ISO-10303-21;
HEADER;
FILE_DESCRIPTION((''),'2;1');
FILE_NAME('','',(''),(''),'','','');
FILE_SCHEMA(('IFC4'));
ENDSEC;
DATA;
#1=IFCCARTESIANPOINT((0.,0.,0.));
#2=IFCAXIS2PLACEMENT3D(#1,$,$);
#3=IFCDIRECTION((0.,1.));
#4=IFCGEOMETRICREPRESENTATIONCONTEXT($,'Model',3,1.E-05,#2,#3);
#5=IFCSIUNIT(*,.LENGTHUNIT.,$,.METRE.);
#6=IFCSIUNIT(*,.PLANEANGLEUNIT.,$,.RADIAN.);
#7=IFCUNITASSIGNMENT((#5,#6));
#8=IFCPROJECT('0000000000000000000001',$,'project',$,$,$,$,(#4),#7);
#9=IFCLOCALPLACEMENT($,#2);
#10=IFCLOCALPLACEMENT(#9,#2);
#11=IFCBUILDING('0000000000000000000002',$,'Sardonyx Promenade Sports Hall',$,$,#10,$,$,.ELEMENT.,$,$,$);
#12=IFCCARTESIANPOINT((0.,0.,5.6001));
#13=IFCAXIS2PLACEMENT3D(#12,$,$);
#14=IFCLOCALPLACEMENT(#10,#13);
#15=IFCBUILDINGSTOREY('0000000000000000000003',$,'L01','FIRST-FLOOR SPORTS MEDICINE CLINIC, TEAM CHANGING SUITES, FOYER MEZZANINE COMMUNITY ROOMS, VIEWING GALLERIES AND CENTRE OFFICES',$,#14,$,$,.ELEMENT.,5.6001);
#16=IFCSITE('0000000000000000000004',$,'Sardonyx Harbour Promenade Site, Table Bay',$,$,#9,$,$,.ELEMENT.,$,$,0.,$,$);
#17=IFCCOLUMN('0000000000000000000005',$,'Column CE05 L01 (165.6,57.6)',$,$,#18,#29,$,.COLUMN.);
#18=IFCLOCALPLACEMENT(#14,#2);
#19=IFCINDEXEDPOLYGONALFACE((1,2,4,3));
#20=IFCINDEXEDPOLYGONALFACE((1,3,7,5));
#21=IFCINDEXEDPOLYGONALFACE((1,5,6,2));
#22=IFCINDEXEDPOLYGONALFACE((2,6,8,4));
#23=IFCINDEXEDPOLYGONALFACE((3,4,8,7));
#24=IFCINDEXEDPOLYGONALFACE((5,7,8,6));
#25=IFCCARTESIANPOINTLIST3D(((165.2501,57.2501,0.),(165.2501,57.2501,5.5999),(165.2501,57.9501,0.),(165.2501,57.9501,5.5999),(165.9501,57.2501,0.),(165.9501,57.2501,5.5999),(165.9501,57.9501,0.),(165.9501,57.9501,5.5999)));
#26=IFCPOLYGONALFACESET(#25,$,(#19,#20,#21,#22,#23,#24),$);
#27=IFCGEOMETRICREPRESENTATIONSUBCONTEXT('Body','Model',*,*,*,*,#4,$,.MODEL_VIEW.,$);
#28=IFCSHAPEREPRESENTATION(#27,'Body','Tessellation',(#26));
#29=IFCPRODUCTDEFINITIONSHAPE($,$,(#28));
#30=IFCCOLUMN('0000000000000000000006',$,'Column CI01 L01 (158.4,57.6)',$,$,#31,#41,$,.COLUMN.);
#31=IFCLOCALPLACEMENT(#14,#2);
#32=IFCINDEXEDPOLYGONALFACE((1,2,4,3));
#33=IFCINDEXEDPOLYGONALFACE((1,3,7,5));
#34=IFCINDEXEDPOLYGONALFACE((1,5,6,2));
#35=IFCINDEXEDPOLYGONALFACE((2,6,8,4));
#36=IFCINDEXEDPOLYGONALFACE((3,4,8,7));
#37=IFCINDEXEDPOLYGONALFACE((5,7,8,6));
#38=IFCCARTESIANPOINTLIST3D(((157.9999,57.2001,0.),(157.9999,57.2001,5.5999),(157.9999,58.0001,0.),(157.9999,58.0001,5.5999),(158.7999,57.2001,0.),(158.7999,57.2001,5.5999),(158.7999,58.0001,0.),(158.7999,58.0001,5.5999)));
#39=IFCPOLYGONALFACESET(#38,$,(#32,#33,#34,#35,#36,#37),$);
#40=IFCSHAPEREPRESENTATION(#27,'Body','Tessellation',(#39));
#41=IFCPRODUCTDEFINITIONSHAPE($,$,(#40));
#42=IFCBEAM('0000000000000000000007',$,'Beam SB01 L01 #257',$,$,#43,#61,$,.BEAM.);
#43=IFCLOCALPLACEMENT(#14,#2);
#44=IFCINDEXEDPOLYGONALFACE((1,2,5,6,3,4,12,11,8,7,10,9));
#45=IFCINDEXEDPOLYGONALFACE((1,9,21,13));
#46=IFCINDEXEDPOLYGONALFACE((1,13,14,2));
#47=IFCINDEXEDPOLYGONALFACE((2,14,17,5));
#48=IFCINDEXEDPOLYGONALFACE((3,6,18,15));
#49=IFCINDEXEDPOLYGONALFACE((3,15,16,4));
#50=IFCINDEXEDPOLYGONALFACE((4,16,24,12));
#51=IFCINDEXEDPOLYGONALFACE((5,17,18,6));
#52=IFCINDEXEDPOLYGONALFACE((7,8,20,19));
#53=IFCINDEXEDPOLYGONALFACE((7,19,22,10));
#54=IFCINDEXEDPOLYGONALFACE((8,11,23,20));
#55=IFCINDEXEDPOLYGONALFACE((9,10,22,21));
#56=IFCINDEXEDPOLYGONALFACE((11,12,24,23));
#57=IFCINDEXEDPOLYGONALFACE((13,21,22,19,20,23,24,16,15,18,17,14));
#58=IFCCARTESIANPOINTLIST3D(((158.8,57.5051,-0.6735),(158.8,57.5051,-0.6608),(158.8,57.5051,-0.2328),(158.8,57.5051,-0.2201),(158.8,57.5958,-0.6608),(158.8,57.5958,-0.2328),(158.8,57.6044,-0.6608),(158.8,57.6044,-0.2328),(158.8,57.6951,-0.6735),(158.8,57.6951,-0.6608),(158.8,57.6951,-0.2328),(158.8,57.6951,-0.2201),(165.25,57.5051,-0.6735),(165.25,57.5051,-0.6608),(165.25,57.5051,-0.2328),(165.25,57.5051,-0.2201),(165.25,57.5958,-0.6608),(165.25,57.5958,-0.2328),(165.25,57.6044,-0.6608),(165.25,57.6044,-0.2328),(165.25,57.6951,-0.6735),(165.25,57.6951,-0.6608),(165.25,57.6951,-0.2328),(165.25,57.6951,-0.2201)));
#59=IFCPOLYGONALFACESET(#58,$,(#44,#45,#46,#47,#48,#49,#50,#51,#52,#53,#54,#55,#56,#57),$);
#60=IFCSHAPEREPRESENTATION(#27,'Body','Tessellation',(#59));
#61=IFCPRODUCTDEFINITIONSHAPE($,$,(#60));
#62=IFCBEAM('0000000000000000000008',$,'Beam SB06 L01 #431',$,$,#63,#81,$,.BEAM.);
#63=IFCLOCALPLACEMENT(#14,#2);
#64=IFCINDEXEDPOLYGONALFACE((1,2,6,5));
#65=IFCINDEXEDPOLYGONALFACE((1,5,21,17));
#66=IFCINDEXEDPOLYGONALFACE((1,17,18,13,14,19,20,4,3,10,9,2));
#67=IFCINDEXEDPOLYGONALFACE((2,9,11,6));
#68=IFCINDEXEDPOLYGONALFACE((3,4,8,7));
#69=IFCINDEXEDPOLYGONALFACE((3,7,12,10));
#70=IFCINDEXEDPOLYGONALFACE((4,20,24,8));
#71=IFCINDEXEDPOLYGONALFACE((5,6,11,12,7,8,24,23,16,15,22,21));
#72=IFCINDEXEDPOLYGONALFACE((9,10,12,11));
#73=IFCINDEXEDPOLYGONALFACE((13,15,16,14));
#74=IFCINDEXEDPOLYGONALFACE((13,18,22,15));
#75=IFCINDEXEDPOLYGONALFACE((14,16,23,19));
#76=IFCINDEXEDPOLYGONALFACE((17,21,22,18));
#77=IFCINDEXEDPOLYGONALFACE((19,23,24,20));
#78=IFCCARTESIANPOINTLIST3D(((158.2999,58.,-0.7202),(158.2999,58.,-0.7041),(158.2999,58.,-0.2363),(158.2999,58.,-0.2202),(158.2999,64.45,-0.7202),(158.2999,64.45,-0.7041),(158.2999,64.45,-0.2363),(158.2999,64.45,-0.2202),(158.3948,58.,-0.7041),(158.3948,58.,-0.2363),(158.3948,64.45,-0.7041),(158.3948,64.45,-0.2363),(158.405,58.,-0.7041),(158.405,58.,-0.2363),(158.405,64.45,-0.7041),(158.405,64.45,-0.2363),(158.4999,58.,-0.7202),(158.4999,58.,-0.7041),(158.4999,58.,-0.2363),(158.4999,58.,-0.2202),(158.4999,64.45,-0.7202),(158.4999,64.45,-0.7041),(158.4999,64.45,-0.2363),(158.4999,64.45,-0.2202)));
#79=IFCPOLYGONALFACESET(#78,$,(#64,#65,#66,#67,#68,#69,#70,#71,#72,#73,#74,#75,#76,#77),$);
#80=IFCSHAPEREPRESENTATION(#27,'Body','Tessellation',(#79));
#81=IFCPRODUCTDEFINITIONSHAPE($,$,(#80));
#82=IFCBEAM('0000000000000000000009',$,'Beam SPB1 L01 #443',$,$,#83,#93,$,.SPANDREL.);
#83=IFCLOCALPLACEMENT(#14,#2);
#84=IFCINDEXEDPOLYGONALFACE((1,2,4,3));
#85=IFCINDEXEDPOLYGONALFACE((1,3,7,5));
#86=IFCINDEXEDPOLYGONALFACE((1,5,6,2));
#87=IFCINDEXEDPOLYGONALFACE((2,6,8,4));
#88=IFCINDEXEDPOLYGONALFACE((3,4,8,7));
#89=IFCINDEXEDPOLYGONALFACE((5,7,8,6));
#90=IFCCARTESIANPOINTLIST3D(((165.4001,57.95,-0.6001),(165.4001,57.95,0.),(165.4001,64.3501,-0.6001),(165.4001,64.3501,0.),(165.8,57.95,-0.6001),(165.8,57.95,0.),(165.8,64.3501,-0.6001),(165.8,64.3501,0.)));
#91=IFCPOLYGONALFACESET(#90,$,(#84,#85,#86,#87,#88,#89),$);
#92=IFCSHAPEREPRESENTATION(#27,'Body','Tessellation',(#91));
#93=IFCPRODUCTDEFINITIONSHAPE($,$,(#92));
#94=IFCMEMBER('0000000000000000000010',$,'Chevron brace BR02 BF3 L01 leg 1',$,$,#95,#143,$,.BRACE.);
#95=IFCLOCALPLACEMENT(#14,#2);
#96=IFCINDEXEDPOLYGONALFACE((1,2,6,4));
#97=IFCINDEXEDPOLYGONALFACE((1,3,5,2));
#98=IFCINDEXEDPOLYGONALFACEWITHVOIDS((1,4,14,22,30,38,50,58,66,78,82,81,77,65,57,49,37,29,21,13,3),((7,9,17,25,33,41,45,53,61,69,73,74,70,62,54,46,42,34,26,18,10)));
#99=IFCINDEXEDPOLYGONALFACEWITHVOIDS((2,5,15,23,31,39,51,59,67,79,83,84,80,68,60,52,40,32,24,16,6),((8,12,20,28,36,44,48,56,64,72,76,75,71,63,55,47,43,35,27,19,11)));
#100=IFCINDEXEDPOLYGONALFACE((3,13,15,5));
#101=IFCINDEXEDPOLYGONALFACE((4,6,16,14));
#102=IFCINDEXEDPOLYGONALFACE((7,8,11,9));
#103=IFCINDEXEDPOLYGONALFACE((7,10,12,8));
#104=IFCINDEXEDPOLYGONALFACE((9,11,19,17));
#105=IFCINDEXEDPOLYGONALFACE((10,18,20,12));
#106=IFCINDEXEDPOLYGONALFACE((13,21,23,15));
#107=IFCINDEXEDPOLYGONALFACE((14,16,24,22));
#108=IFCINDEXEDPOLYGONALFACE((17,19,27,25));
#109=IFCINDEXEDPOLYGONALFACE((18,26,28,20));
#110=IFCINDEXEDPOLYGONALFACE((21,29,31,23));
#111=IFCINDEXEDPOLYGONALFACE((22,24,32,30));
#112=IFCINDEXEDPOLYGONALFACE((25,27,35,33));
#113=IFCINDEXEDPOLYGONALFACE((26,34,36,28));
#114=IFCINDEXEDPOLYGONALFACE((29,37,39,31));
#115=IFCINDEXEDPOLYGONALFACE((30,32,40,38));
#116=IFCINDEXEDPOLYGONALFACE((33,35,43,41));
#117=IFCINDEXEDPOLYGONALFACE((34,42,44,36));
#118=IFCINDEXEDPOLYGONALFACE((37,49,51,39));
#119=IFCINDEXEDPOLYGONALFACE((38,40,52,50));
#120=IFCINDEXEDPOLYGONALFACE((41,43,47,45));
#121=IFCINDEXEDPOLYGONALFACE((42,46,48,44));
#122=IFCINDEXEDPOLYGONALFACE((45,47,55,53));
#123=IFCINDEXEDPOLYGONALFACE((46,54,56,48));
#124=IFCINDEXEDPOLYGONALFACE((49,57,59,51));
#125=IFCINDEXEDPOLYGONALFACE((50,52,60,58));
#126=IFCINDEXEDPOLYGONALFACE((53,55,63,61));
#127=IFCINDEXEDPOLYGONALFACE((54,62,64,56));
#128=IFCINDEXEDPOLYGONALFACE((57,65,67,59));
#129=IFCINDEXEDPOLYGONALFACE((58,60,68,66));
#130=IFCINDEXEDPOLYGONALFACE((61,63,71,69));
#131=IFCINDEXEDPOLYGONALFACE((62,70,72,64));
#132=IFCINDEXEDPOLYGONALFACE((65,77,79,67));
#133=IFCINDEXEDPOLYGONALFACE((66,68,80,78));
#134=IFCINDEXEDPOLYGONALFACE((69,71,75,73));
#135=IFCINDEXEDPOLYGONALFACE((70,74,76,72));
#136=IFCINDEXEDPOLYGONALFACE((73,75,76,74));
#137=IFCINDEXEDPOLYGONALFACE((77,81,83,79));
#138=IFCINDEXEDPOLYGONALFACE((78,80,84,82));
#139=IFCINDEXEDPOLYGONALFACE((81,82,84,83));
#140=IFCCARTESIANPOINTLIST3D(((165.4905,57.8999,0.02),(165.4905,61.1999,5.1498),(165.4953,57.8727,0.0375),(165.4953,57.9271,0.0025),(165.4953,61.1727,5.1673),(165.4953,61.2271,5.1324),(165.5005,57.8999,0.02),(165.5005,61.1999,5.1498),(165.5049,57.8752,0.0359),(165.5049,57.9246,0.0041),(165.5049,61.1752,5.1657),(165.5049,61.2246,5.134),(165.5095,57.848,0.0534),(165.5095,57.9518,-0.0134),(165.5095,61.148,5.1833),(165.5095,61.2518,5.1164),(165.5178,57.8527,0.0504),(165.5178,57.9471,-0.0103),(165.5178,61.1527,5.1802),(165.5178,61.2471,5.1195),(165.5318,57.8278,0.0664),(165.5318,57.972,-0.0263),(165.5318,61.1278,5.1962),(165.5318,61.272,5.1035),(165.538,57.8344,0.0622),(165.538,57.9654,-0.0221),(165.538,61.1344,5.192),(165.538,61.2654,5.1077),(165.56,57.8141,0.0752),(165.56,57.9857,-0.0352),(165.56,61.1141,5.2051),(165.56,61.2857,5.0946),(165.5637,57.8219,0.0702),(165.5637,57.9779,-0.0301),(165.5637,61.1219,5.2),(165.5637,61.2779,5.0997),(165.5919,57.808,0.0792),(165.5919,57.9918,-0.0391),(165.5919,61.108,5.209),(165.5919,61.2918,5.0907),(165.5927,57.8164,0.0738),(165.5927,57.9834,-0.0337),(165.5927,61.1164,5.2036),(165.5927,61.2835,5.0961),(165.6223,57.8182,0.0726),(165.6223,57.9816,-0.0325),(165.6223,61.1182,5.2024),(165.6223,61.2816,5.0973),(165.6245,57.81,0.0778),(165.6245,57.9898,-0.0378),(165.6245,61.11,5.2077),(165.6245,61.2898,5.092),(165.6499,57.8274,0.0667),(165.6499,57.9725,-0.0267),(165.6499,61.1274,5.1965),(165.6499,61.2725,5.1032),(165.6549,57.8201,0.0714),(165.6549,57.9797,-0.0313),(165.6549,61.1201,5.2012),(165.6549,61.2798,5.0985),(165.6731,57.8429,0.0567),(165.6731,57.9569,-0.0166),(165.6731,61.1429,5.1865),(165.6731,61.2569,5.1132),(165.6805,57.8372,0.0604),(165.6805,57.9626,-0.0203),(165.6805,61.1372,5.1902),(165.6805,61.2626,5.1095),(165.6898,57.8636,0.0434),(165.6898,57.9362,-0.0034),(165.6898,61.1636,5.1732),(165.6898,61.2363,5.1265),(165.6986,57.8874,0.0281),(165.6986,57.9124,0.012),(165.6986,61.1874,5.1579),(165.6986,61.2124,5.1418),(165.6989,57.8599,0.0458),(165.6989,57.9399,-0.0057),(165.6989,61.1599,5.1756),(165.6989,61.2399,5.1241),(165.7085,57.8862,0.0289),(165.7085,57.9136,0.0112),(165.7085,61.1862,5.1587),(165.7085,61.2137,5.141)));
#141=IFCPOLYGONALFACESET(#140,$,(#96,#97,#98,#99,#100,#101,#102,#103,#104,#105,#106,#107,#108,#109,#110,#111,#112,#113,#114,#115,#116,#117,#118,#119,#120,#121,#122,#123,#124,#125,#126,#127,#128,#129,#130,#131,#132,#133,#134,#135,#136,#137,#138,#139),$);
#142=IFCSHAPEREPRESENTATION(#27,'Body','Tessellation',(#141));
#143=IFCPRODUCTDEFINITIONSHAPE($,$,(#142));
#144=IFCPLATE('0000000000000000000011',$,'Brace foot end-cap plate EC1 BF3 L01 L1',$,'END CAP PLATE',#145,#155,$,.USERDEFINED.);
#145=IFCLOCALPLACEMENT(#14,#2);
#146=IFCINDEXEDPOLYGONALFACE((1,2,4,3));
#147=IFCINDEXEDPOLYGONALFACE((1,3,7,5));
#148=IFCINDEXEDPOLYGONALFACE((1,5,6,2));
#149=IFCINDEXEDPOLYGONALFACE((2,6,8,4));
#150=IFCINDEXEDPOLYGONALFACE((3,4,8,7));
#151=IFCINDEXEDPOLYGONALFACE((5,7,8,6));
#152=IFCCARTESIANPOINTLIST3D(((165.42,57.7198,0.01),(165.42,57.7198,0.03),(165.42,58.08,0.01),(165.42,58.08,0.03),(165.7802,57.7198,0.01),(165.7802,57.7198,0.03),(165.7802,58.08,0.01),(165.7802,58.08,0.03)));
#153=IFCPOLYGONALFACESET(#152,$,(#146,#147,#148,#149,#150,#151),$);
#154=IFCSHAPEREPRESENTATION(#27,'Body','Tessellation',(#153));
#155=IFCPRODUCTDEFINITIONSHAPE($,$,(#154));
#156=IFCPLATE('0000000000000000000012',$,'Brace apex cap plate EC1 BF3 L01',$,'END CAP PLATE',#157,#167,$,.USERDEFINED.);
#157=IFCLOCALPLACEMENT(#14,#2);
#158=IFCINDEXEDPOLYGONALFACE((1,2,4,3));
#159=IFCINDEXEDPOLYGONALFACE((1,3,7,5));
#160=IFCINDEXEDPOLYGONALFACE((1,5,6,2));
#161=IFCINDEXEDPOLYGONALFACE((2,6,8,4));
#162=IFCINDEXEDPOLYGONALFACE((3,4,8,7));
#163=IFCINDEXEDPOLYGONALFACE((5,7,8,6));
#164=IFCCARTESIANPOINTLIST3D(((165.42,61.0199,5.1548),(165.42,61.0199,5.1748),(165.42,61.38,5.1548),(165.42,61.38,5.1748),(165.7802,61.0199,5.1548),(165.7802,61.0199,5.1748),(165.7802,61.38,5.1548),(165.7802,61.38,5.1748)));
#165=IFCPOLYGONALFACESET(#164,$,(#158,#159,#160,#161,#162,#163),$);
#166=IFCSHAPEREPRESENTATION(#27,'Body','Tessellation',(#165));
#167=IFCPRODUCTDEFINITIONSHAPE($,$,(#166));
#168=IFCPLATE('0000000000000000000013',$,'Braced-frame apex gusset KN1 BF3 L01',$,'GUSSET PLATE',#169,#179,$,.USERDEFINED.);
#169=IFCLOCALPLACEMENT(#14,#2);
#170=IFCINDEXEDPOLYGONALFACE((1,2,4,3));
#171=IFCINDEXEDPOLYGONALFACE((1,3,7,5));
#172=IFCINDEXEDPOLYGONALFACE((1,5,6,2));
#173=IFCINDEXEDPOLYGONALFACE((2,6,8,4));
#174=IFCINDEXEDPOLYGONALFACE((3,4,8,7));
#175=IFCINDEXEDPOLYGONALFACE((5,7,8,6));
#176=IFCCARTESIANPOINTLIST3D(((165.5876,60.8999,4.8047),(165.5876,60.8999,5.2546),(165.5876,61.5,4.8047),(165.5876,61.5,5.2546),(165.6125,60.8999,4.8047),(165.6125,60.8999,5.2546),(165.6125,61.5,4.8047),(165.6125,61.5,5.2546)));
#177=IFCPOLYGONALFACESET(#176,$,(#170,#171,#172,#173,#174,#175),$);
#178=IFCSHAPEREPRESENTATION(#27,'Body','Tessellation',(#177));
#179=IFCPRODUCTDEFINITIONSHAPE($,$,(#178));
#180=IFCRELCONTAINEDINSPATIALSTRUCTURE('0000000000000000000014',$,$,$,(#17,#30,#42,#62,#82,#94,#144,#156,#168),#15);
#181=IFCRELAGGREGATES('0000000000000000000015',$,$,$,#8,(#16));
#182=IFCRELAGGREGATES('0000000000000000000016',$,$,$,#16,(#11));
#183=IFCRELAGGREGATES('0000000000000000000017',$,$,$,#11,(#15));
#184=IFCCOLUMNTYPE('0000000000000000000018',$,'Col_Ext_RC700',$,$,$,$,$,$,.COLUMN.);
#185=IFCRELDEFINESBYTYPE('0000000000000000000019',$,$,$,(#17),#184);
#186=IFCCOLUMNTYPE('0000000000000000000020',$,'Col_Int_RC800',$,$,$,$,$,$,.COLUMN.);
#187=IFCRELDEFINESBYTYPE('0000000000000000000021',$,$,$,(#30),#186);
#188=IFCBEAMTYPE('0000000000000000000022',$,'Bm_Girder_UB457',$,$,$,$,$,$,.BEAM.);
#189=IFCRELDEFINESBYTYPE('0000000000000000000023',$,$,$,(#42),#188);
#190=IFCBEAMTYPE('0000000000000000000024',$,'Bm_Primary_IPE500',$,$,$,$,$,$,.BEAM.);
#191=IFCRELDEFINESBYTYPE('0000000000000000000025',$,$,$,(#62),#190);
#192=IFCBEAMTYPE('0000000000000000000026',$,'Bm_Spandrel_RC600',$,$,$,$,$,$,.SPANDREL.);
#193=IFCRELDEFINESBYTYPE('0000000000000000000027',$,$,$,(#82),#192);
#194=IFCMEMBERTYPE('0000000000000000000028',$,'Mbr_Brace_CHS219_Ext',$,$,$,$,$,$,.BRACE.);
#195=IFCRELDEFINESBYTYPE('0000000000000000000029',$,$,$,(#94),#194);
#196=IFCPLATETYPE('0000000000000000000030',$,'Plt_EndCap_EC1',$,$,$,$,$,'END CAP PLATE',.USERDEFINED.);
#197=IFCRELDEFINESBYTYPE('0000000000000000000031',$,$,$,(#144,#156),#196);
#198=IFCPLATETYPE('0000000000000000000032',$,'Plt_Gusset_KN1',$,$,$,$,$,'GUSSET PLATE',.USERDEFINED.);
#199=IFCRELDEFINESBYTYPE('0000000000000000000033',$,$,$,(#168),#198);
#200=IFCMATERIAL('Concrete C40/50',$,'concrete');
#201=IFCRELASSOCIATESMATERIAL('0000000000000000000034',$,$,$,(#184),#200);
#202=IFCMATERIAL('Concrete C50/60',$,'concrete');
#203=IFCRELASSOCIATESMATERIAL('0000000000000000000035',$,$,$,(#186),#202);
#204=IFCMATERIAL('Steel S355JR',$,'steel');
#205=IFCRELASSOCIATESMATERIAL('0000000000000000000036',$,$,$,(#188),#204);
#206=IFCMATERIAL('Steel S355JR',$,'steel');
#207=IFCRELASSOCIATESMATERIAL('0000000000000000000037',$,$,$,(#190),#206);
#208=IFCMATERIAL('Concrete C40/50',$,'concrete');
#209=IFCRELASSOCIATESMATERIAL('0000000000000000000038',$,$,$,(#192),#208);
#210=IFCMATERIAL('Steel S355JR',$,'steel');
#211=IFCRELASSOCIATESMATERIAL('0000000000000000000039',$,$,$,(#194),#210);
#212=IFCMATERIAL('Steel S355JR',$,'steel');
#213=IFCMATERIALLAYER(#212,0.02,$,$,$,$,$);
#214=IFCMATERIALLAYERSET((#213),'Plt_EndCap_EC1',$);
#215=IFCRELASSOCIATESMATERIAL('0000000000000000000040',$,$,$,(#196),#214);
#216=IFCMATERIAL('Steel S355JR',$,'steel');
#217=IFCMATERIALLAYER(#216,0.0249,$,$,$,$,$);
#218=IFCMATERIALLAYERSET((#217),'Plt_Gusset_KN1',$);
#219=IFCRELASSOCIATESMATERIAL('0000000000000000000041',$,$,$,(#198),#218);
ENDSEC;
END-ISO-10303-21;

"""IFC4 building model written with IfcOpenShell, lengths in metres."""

from ifc_helpers import new_model, si_unit, direction, frame, origin, origin_2d, place, context, subcontext, project, spatial, rectangle, hollow_circle, i_section, extrude, material, layer, layer_set, material_profile, profile_set, type_object, element, save


model = new_model("IFC4")

# Units and contexts
model_context = context("Model", 3, precision=1e-05, world=origin(), true_north=direction((0.0, 1.0)))
body_context = subcontext(model_context, "Body", "Model", "MODEL_VIEW")
ifc_project = project(units=[si_unit("LENGTHUNIT", "METRE"), si_unit("PLANEANGLEUNIT", "RADIAN")], contexts=[model_context])

# Site, building, storey
site_placement = place(None, origin())
site = spatial("IfcSite", under=ifc_project, at=site_placement, Name="Sardonyx Harbour Promenade Site, Table Bay", CompositionType="ELEMENT", RefElevation=0.0)
building_placement = place(site_placement, origin())
building = spatial("IfcBuilding", under=site, at=building_placement, Name="Sardonyx Promenade Sports Hall", CompositionType="ELEMENT")
storey_placement = place(building_placement, frame((0.0, 0.0, 5.6001)))
storey = spatial("IfcBuildingStorey", under=building, at=storey_placement, Name="L01", Description="FIRST-FLOOR SPORTS MEDICINE CLINIC, TEAM CHANGING SUITES, FOYER MEZZANINE COMMUNITY ROOMS, VIEWING GALLERIES AND CENTRE OFFICES", CompositionType="ELEMENT", Elevation=5.6001)

# Columns
ifc_material_1 = material(Name="Concrete C40/50", Category="concrete")
ifc_material_profile_1 = material_profile(ifc_material_1, rectangle(XDim=0.7, YDim=0.7, at=origin_2d()))
ifc_profile_set_1 = profile_set([ifc_material_profile_1], Name="Concrete C40/50")
column_type_1 = type_object("IfcColumnType", Name="Col_Ext_RC700", PredefinedType="COLUMN", material=ifc_profile_set_1)
column_1_placement = place(storey_placement, frame((165.6001, 57.6001, 0.0), z_axis=(0.0, 0.0, 1.0), x_axis=(1.0, 0.0, 0.0)))
element("IfcColumn", 1, at=column_1_placement, inside=storey, type_object=column_type_1, Name="Column CE05 L01 (165.6,57.6)", PredefinedType="COLUMN", context=body_context, shape_type="SweptSolid", body=[
    extrude(rectangle(XDim=0.7, YDim=0.7, at=origin_2d()), origin(), (0.0, 0.0, 1.0), 5.5999),
])
ifc_material_2 = material(Name="Concrete C50/60", Category="concrete")
ifc_material_profile_2 = material_profile(ifc_material_2, rectangle(XDim=0.8, YDim=0.8, at=origin_2d()))
ifc_profile_set_2 = profile_set([ifc_material_profile_2], Name="Concrete C50/60")
column_type_2 = type_object("IfcColumnType", Name="Col_Int_RC800", PredefinedType="COLUMN", material=ifc_profile_set_2)
column_2_placement = place(storey_placement, frame((158.3999, 57.6001, 0.0), z_axis=(0.0, 0.0, 1.0), x_axis=(1.0, 0.0, 0.0)))
element("IfcColumn", 2, at=column_2_placement, inside=storey, type_object=column_type_2, Name="Column CI01 L01 (158.4,57.6)", PredefinedType="COLUMN", context=body_context, shape_type="SweptSolid", body=[
    extrude(rectangle(XDim=0.8, YDim=0.8, at=origin_2d()), origin(), (0.0, 0.0, 1.0), 5.5999),
])

# Beams
ifc_material_3 = material(Name="Steel S355JR", Category="steel")
ifc_material_profile_3 = material_profile(ifc_material_3, i_section(OverallWidth=0.1899, OverallDepth=0.4534, WebThickness=0.0085, FlangeThickness=0.0127, at=origin_2d()))
ifc_profile_set_3 = profile_set([ifc_material_profile_3], Name="Steel S355JR")
beam_type_1 = type_object("IfcBeamType", Name="Bm_Girder_UB457", PredefinedType="BEAM", material=ifc_profile_set_3)
beam_1_placement = place(storey_placement, frame((158.8, 57.6001, -0.4468), z_axis=(1.0, 0.0, 0.0), x_axis=(0.0, 1.0, 0.0)))
element("IfcBeam", 3, at=beam_1_placement, inside=storey, type_object=beam_type_1, Name="Beam SB01 L01 #257", PredefinedType="BEAM", context=body_context, shape_type="SweptSolid", body=[
    extrude(i_section(OverallWidth=0.1899, OverallDepth=0.4534, WebThickness=0.0085, FlangeThickness=0.0127, at=origin_2d()), origin(), (0.0, 0.0, 1.0), 6.45),
])
ifc_material_4 = material(Name="Steel S355JR", Category="steel")
ifc_material_profile_4 = material_profile(ifc_material_4, i_section(OverallWidth=0.2, OverallDepth=0.5, WebThickness=0.0103, FlangeThickness=0.0161, at=origin_2d()))
ifc_profile_set_4 = profile_set([ifc_material_profile_4], Name="Steel S355JR")
beam_type_2 = type_object("IfcBeamType", Name="Bm_Primary_IPE500", PredefinedType="BEAM", material=ifc_profile_set_4)
beam_2_placement = place(storey_placement, frame((158.3999, 58.0, -0.4702), z_axis=(0.0, 1.0, 0.0), x_axis=(-1.0, 0.0, 0.0)))
element("IfcBeam", 4, at=beam_2_placement, inside=storey, type_object=beam_type_2, Name="Beam SB06 L01 #431", PredefinedType="BEAM", context=body_context, shape_type="SweptSolid", body=[
    extrude(i_section(OverallWidth=0.2, OverallDepth=0.5, WebThickness=0.0103, FlangeThickness=0.0161, at=origin_2d()), origin(), (0.0, 0.0, 1.0), 6.45),
])
ifc_material_5 = material(Name="Concrete C40/50", Category="concrete")
ifc_material_profile_5 = material_profile(ifc_material_5, rectangle(XDim=0.3999, YDim=0.6001, at=origin_2d()))
ifc_profile_set_5 = profile_set([ifc_material_profile_5], Name="Concrete C40/50")
beam_type_3 = type_object("IfcBeamType", Name="Bm_Spandrel_RC600", PredefinedType="SPANDREL", material=ifc_profile_set_5)
beam_3_placement = place(storey_placement, frame((165.6001, 57.95, -0.3), z_axis=(0.0, 1.0, 0.0), x_axis=(-1.0, 0.0, 0.0)))
element("IfcBeam", 5, at=beam_3_placement, inside=storey, type_object=beam_type_3, Name="Beam SPB1 L01 #443", PredefinedType="SPANDREL", context=body_context, shape_type="SweptSolid", body=[
    extrude(rectangle(XDim=0.3999, YDim=0.6001, at=origin_2d()), origin(), (0.0, 0.0, 1.0), 6.4001),
])

# Member
ifc_material_6 = material(Name="Steel S355JR", Category="steel")
ifc_material_profile_6 = material_profile(ifc_material_6, hollow_circle(Radius=0.1096, WallThickness=0.01, at=origin_2d()))
ifc_profile_set_6 = profile_set([ifc_material_profile_6], Name="Steel S355JR")
member_type = type_object("IfcMemberType", Name="Mbr_Brace_CHS219_Ext", PredefinedType="BRACE", material=ifc_profile_set_6)
member_placement = place(storey_placement, frame((165.6001, 57.8999, 0.02), z_axis=(0.0, 0.541021, 0.841009), x_axis=(-1.0, 0.0, 0.0)))
element("IfcMember", 6, at=member_placement, inside=storey, type_object=member_type, Name="Chevron brace BR02 BF3 L01 leg 1", PredefinedType="BRACE", context=body_context, shape_type="SweptSolid", body=[
    extrude(hollow_circle(Radius=0.1096, WallThickness=0.01, at=origin_2d()), origin(), (0.0, 0.0, 1.0), 6.0996),
])

# Plates
ifc_material_7 = material(Name="Steel S355JR", Category="steel")
ifc_layer_1 = layer(ifc_material_7, 0.02)
ifc_layer_set_1 = layer_set([ifc_layer_1], Name="Plt_EndCap_EC1")
plate_type_1 = type_object("IfcPlateType", Name="Plt_EndCap_EC1", ElementType="END CAP PLATE", PredefinedType="USERDEFINED", material=ifc_layer_set_1)
for number, where, z_axis, x_axis, name in (
    (7, (165.6001, 57.8999, 0.01), (0.0, 0.0, 1.0), (1.0, 0.0, 0.0), "Brace foot end-cap plate EC1 BF3 L01 L1"),
    (8, (165.6001, 61.2, 5.1548), (0.0, 0.0, 1.0), (1.0, 0.0, 0.0), "Brace apex cap plate EC1 BF3 L01"),
):
    element("IfcPlate", number, at=place(storey_placement, frame(where, z_axis=z_axis, x_axis=x_axis)), inside=storey, type_object=plate_type_1, Name=name, ObjectType="END CAP PLATE", PredefinedType="USERDEFINED", context=body_context, shape_type="SweptSolid", body=[
        extrude(rectangle(XDim=0.3601, YDim=0.3601, at=origin_2d()), origin(), (0.0, 0.0, 1.0), 0.02),
    ])
ifc_material_8 = material(Name="Steel S355JR", Category="steel")
ifc_layer_2 = layer(ifc_material_8, 0.0249)
ifc_layer_set_2 = layer_set([ifc_layer_2], Name="Plt_Gusset_KN1")
plate_type_2 = type_object("IfcPlateType", Name="Plt_Gusset_KN1", ElementType="GUSSET PLATE", PredefinedType="USERDEFINED", material=ifc_layer_set_2)
plate_placement = place(storey_placement, frame((165.6001, 61.2, 4.8047), z_axis=(0.0, 0.0, 1.0), x_axis=(0.0, 1.0, 0.0)))
element("IfcPlate", 9, at=plate_placement, inside=storey, type_object=plate_type_2, Name="Braced-frame apex gusset KN1 BF3 L01", ObjectType="GUSSET PLATE", PredefinedType="USERDEFINED", context=body_context, shape_type="SweptSolid", body=[
    extrude(rectangle(XDim=0.6001, YDim=0.0249, at=origin_2d()), origin(), (0.0, 0.0, 1.0), 0.45),
])

save(model, "model.ifc")
